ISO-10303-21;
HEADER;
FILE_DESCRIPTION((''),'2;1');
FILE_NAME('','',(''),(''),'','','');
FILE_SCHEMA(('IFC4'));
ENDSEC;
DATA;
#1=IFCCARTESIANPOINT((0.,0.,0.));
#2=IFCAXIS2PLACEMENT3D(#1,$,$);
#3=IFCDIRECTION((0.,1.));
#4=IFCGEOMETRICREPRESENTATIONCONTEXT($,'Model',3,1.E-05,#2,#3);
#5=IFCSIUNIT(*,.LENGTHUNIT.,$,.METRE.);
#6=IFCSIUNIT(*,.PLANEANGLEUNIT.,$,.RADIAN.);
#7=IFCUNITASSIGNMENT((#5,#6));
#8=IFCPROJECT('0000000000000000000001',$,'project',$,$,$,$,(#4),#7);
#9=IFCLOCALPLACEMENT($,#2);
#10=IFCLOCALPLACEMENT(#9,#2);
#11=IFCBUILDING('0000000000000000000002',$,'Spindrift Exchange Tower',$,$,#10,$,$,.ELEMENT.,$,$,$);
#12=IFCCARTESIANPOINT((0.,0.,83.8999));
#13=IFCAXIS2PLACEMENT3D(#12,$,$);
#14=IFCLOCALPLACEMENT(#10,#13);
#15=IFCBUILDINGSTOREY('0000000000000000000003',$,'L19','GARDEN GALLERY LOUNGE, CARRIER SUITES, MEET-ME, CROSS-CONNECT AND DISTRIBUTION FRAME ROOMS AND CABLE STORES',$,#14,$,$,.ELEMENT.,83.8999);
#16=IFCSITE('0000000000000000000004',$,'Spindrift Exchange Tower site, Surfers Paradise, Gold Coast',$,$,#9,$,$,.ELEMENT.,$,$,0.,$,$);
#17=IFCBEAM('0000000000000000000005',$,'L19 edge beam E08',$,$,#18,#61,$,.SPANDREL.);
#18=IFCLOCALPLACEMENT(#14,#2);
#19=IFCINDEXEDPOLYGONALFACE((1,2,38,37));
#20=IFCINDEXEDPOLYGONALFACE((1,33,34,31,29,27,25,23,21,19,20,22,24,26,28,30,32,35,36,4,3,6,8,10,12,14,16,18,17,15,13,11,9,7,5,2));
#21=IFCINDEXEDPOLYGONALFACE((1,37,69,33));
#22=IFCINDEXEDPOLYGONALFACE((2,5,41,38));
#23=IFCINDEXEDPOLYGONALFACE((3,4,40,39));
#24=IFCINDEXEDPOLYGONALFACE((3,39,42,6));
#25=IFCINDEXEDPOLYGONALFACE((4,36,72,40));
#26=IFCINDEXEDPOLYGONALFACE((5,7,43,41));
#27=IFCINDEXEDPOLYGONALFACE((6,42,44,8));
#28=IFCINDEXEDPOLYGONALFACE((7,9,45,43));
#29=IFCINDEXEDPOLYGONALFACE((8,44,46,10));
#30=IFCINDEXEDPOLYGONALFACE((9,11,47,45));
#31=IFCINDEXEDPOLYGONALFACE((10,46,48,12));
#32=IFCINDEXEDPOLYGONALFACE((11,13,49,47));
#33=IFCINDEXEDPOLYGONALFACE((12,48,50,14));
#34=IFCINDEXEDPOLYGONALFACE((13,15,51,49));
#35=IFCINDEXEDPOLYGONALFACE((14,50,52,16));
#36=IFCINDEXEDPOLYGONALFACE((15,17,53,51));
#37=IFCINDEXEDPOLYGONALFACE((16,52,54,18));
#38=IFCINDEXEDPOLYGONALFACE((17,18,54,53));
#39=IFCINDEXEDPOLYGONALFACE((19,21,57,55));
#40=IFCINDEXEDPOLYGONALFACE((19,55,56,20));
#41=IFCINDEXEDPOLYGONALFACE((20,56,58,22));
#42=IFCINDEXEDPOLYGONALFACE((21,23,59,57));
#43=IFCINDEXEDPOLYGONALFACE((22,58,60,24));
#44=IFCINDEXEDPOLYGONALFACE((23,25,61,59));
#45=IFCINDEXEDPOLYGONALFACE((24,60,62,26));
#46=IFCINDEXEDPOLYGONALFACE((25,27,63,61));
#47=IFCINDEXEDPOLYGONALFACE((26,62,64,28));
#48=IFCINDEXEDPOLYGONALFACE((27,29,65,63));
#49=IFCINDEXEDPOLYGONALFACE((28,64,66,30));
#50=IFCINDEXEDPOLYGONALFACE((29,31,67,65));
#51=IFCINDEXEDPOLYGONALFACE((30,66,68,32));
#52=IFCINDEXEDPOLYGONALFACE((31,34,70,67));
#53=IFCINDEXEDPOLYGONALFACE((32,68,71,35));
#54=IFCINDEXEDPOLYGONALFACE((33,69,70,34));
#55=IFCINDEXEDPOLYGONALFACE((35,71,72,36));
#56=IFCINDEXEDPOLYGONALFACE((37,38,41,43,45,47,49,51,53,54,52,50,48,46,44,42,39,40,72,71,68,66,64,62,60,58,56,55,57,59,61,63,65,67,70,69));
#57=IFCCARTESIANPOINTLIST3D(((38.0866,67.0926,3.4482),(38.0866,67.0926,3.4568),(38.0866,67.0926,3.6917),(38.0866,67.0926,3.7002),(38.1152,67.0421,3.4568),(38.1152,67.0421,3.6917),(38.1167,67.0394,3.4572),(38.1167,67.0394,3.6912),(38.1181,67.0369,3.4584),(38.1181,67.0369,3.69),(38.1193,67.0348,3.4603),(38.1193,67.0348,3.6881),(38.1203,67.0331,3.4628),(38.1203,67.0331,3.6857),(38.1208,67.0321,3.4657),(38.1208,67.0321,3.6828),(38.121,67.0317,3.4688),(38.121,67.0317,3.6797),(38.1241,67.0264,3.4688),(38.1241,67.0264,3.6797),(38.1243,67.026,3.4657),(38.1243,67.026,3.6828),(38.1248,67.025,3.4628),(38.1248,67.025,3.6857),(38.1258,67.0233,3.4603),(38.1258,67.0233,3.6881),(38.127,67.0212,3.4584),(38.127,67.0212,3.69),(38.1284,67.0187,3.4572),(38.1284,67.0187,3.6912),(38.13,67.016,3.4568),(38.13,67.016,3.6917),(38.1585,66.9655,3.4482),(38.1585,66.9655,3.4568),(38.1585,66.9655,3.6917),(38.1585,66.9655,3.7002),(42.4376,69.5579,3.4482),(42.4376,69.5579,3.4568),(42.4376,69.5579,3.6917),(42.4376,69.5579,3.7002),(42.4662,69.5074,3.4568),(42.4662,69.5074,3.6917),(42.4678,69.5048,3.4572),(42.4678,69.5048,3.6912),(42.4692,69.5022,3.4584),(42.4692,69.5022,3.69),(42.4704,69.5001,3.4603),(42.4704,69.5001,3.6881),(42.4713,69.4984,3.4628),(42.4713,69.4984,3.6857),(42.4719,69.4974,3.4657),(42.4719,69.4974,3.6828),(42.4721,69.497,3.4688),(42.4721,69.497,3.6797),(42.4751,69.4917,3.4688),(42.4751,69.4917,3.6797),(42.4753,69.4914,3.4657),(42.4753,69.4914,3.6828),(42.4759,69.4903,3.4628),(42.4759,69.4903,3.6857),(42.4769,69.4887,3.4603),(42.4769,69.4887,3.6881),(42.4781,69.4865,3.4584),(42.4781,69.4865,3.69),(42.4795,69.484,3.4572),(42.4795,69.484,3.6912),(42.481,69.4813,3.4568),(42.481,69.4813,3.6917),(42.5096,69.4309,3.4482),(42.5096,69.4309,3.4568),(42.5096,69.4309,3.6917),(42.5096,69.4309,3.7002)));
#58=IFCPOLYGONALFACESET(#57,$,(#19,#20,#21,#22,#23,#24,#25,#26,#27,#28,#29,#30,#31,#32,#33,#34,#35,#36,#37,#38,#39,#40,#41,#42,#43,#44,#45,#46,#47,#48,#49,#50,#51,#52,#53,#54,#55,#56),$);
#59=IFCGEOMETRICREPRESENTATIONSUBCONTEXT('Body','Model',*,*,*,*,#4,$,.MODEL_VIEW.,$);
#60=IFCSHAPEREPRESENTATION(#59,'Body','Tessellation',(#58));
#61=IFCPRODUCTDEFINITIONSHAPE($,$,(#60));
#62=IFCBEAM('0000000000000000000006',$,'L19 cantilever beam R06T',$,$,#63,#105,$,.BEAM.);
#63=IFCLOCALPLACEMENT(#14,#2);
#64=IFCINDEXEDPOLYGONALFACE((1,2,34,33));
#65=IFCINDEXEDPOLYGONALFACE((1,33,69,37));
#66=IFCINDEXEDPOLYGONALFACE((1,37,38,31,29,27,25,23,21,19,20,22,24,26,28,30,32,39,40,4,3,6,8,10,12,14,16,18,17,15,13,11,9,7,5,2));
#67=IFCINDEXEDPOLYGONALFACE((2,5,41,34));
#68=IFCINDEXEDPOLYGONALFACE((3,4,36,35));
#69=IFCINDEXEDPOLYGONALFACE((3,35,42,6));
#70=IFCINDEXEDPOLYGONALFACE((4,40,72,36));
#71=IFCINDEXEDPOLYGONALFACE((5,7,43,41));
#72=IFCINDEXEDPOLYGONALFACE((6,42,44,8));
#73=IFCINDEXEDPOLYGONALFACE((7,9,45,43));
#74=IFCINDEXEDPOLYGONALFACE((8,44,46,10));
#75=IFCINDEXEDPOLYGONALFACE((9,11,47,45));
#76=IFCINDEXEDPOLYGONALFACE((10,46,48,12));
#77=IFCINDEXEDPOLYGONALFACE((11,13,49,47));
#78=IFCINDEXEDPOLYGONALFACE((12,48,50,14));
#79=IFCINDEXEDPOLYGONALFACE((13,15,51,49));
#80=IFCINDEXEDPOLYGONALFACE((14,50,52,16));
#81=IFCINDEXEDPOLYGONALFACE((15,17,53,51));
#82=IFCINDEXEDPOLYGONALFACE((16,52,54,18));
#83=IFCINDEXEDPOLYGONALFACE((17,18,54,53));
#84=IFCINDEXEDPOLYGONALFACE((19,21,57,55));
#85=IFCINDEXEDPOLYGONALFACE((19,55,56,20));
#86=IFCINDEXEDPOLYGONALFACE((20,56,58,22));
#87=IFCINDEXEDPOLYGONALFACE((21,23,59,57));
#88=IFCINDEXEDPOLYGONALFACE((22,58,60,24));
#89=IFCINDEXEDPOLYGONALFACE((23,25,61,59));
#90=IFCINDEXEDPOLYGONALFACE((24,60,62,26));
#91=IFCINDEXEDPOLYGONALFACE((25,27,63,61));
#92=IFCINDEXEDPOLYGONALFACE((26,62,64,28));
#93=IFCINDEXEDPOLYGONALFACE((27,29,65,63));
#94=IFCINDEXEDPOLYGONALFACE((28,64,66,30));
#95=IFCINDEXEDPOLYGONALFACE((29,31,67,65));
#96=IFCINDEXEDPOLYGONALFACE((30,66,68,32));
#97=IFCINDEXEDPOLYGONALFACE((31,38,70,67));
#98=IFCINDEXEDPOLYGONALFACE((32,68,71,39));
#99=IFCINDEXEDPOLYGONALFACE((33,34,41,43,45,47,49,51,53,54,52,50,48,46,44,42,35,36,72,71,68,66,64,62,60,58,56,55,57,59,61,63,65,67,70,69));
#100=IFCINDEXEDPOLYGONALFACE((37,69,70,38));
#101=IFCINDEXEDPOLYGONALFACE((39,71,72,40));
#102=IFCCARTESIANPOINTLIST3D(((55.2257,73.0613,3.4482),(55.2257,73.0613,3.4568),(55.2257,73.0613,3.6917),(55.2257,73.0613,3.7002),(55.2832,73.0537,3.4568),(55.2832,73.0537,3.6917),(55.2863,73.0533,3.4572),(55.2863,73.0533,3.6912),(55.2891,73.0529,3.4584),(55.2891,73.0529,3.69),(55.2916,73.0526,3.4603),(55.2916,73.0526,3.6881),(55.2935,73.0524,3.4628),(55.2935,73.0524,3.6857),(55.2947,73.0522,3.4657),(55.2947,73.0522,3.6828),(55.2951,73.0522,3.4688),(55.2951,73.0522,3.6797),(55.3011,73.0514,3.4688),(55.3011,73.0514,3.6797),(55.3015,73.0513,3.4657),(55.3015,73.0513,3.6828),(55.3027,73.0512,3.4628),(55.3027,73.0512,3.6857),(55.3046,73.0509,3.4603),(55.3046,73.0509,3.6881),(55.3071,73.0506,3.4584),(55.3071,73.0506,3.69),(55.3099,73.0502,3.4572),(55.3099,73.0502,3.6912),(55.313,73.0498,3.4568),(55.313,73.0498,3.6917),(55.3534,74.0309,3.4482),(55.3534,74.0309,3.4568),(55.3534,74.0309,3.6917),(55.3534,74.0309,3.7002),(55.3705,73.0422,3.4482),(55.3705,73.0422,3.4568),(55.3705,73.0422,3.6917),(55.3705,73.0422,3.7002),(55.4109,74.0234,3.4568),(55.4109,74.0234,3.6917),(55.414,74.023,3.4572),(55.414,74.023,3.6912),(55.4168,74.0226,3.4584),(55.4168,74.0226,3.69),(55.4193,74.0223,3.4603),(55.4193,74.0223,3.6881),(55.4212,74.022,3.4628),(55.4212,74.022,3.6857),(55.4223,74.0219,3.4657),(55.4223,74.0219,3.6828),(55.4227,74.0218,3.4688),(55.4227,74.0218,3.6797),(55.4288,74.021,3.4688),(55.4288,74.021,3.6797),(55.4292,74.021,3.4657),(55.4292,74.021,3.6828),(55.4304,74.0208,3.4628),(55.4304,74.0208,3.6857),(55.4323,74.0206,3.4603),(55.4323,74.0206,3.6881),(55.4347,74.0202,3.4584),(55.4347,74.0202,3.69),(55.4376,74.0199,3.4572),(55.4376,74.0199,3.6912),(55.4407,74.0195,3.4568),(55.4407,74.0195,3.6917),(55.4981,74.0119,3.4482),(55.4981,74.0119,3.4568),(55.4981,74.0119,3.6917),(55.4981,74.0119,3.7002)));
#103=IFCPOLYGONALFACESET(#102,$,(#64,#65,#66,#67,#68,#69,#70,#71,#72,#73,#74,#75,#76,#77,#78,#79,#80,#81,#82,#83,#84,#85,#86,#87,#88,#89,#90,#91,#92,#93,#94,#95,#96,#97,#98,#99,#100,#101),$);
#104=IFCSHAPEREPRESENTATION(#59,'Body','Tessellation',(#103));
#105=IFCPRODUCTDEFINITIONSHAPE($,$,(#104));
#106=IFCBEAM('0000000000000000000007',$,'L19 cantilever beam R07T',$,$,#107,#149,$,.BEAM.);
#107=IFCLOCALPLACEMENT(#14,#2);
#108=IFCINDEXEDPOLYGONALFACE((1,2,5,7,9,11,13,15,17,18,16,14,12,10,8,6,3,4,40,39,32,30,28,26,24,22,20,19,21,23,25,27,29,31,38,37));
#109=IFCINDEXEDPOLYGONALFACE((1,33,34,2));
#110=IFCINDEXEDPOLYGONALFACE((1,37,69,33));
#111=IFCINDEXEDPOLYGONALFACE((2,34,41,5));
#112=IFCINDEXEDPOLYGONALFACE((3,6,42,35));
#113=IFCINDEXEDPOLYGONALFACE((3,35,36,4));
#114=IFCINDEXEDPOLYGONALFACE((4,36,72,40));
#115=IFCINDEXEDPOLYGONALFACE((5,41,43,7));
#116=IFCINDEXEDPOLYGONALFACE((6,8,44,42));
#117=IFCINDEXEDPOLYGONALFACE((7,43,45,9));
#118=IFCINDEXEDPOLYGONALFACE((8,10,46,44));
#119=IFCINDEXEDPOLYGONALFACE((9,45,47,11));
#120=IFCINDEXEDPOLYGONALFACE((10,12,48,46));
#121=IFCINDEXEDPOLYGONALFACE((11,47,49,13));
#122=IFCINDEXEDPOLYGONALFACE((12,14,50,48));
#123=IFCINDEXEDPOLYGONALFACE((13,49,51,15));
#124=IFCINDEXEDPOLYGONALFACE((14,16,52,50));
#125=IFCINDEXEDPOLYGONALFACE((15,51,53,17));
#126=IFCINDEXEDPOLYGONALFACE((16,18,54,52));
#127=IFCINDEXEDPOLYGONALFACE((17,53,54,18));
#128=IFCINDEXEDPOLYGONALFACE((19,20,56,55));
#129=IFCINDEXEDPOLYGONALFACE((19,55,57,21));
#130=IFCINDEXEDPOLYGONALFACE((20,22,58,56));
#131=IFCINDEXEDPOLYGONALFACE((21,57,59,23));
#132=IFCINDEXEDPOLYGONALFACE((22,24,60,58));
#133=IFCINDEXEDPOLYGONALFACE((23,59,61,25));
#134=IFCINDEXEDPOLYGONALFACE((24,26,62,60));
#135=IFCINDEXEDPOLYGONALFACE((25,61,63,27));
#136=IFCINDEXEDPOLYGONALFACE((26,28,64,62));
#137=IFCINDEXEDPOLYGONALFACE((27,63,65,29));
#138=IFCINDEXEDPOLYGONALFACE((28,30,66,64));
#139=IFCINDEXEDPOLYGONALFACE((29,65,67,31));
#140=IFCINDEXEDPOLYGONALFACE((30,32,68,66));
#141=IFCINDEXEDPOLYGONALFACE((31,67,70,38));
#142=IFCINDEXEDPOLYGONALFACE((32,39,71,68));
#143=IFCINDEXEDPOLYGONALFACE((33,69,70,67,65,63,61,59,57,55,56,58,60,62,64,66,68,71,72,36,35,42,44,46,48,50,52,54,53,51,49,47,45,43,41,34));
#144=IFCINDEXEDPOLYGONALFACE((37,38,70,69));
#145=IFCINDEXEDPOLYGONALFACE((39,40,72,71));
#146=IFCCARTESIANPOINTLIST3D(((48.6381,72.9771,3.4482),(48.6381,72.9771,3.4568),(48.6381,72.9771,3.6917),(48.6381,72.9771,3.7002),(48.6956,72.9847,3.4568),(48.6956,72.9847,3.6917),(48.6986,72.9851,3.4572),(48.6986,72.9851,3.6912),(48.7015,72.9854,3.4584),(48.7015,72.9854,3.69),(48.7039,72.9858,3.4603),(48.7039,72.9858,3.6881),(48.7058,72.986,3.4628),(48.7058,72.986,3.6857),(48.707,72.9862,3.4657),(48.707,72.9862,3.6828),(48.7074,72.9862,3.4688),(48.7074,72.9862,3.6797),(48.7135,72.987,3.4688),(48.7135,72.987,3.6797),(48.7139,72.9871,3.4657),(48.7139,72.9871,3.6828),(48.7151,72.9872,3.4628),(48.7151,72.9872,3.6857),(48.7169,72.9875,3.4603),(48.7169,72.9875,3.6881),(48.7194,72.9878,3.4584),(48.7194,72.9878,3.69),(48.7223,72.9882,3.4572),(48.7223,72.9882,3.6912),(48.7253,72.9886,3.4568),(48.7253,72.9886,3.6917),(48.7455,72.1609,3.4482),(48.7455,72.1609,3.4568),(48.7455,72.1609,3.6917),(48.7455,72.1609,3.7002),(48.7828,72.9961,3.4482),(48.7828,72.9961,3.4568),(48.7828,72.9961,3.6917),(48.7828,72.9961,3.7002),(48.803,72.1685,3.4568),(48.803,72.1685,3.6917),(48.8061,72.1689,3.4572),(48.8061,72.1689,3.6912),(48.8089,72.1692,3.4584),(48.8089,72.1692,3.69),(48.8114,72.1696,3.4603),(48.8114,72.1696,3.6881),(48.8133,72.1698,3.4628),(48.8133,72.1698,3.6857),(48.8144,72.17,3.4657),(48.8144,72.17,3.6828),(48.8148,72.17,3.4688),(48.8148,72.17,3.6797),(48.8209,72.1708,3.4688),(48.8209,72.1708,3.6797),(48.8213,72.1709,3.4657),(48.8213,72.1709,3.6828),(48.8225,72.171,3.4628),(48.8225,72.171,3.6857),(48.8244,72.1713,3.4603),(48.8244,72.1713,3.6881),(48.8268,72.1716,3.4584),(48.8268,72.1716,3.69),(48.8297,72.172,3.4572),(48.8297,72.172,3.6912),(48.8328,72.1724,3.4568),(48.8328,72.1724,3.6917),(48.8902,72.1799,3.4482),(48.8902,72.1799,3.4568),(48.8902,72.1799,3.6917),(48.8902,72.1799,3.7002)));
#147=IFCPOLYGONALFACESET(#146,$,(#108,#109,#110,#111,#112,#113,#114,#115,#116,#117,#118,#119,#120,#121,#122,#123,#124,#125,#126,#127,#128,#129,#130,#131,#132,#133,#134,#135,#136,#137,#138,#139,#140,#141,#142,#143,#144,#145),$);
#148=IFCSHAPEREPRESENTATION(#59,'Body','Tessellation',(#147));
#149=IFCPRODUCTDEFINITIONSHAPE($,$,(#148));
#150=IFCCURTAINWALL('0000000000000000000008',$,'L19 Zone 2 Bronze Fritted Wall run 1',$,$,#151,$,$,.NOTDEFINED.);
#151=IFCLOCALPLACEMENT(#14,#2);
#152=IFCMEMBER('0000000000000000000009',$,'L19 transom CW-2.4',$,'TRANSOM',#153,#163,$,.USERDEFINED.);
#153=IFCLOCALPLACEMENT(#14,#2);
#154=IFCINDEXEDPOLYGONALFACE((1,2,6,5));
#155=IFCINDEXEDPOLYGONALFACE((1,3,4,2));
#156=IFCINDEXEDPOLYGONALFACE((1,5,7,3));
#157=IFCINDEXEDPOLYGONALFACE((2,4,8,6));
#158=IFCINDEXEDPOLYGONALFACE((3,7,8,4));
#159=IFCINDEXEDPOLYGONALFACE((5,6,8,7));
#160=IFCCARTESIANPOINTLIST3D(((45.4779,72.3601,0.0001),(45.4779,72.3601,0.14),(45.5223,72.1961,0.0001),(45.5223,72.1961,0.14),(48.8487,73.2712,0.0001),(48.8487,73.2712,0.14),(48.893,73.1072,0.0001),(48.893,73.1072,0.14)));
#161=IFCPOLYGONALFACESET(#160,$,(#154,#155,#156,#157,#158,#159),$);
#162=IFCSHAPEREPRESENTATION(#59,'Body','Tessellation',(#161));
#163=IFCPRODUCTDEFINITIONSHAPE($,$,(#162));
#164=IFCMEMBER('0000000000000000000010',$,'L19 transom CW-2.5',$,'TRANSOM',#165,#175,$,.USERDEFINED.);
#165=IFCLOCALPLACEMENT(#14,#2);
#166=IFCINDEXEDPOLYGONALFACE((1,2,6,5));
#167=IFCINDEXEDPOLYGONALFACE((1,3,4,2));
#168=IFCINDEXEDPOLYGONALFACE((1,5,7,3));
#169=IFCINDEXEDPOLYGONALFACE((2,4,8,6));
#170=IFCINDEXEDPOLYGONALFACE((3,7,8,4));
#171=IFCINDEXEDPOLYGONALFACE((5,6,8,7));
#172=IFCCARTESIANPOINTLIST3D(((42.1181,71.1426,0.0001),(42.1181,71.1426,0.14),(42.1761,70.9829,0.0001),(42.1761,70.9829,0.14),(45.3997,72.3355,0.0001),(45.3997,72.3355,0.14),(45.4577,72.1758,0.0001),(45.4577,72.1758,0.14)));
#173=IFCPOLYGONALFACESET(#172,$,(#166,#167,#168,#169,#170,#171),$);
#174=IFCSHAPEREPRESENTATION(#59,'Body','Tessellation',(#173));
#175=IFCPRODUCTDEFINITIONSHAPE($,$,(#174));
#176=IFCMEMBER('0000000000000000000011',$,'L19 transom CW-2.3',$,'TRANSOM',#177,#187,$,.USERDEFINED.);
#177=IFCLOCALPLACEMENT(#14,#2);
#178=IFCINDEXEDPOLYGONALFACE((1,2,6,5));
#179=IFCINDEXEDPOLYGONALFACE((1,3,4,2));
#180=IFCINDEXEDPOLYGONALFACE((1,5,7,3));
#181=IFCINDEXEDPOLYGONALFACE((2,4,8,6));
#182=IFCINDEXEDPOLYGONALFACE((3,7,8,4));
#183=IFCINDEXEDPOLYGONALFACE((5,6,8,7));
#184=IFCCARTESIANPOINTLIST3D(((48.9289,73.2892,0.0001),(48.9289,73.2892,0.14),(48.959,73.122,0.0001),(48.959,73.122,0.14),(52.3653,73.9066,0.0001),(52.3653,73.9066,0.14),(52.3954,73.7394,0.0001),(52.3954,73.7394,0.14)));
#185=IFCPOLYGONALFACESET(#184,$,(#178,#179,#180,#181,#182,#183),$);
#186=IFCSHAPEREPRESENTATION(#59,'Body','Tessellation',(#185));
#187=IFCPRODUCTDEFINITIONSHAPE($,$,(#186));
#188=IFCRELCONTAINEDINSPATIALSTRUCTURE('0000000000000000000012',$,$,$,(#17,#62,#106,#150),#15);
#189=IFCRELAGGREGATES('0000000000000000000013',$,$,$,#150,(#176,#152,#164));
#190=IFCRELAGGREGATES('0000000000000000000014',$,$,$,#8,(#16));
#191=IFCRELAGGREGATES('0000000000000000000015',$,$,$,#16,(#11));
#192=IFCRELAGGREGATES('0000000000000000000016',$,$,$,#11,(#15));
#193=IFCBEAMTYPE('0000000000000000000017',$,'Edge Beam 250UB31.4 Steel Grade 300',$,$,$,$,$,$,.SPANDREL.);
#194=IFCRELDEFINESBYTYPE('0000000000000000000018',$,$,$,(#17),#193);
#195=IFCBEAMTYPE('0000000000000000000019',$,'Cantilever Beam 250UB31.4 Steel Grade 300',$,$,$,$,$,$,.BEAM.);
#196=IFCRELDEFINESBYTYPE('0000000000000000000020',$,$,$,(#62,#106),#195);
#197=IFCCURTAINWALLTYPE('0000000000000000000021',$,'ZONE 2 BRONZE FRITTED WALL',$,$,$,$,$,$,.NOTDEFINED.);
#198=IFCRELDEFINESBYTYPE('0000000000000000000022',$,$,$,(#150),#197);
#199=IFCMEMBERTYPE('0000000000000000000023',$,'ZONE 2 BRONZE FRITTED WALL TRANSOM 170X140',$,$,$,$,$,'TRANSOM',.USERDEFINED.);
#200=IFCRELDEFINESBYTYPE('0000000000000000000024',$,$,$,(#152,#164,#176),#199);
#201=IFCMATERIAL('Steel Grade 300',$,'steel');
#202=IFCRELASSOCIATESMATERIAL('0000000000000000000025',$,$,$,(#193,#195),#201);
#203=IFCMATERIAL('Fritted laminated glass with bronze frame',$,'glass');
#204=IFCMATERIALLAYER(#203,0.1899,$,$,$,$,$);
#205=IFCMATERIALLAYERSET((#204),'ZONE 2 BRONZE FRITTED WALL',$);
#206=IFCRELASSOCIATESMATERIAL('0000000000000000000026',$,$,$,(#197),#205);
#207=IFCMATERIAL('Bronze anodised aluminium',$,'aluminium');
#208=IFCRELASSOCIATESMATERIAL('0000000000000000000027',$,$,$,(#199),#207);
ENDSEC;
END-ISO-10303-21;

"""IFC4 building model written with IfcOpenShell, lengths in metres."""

from ifc_helpers import new_model, si_unit, direction, frame, origin, origin_2d, place, context, subcontext, project, spatial, rectangle, i_section, extrude, source, transform, mapped, material, layer, layer_set, material_profile, profile_set, type_object, element, aggregate, save


model = new_model("IFC4")

# Units and contexts
model_context = context("Model", 3, precision=1e-05, world=origin(), true_north=direction((0.0, 1.0)))
body_context = subcontext(model_context, "Body", "Model", "MODEL_VIEW")
ifc_project = project(units=[si_unit("LENGTHUNIT", "METRE"), si_unit("PLANEANGLEUNIT", "RADIAN")], contexts=[model_context])

# Site, building, storey
site_placement = place(None, origin())
site = spatial("IfcSite", under=ifc_project, at=site_placement, Name="Spindrift Exchange Tower site, Surfers Paradise, Gold Coast", CompositionType="ELEMENT", RefElevation=0.0)
building_placement = place(site_placement, origin())
building = spatial("IfcBuilding", under=site, at=building_placement, Name="Spindrift Exchange Tower", CompositionType="ELEMENT")
storey_placement = place(building_placement, frame((0.0, 0.0, 83.8999)))
storey = spatial("IfcBuildingStorey", under=building, at=storey_placement, Name="L19", Description="GARDEN GALLERY LOUNGE, CARRIER SUITES, MEET-ME, CROSS-CONNECT AND DISTRIBUTION FRAME ROOMS AND CABLE STORES", CompositionType="ELEMENT", Elevation=83.8999)

# Beams
ifc_material_1 = material(Name="Steel Grade 300", Category="steel")
ifc_material_profile_1 = material_profile(ifc_material_1, i_section(OverallWidth=0.146, OverallDepth=0.252, WebThickness=0.0061, FlangeThickness=0.0085, FilletRadius=0.012, at=origin_2d()), Name="250UB31.4")
ifc_profile_set_1 = profile_set([ifc_material_profile_1], Name="Steel Grade 300")
beam_type_1 = type_object("IfcBeamType", Name="Edge Beam 250UB31.4 Steel Grade 300", PredefinedType="SPANDREL", material=ifc_profile_set_1)
shared_shape_1 = source(origin(), body_context, "Body", "SweptSolid", [
    extrude(i_section(OverallWidth=0.146, OverallDepth=0.252, WebThickness=0.0061, FlangeThickness=0.0085, FilletRadius=0.012, at=origin_2d()), origin(), (0.0, 0.0, 1.0), 5.001),
])
beam_1_placement = place(storey_placement, frame((42.4736, 69.4944, 3.5742), z_axis=(-0.870046, -0.492971, 0.0), x_axis=(0.492971, -0.870046, 0.0)))
element("IfcBeam", 1, at=beam_1_placement, inside=storey, type_object=beam_type_1, Name="L19 edge beam E08", PredefinedType="SPANDREL", context=body_context, shape_type="MappedRepresentation", body=[
    mapped(shared_shape_1, transform((0.0, 0.0, 0.0), scale=1.0)),
])
ifc_material_profile_2 = material_profile(ifc_material_1, i_section(OverallWidth=0.146, OverallDepth=0.252, WebThickness=0.0061, FlangeThickness=0.0085, FilletRadius=0.012, at=origin_2d()), Name="250UB31.4")
ifc_profile_set_2 = profile_set([ifc_material_profile_2], Name="Steel Grade 300")
beam_type_2 = type_object("IfcBeamType", Name="Cantilever Beam 250UB31.4 Steel Grade 300", PredefinedType="BEAM", material=ifc_profile_set_2)
shared_shape_2 = source(origin(), body_context, "Body", "SweptSolid", [
    extrude(i_section(OverallWidth=0.146, OverallDepth=0.252, WebThickness=0.0061, FlangeThickness=0.0085, FilletRadius=0.012, at=origin_2d()), origin(), (0.0, 0.0, 1.0), 0.978),
])
beam_2_placement = place(storey_placement, frame((55.2981, 73.0518, 3.5742), z_axis=(0.130545, 0.991442, 0.0), x_axis=(-0.991442, 0.130545, 0.0)))
element("IfcBeam", 2, at=beam_2_placement, inside=storey, type_object=beam_type_2, Name="L19 cantilever beam R06T", PredefinedType="BEAM", context=body_context, shape_type="MappedRepresentation", body=[
    mapped(shared_shape_2, transform((0.0, 0.0, 0.0), scale=1.0)),
])
shared_shape_3 = source(origin(), body_context, "Body", "SweptSolid", [
    extrude(i_section(OverallWidth=0.146, OverallDepth=0.252, WebThickness=0.0061, FlangeThickness=0.0085, FilletRadius=0.012, at=origin_2d()), origin(), (0.0, 0.0, 1.0), 0.8232),
])
beam_3_placement = place(storey_placement, frame((48.8179, 72.1704, 3.5742), z_axis=(-0.130493, 0.991449, 0.0), x_axis=(-0.991449, -0.130493, 0.0)))
element("IfcBeam", 3, at=beam_3_placement, inside=storey, type_object=beam_type_2, Name="L19 cantilever beam R07T", PredefinedType="BEAM", context=body_context, shape_type="MappedRepresentation", body=[
    mapped(shared_shape_3, transform((0.0, 0.0, 0.0), scale=1.0)),
])

# Curtain wall, members
ifc_material_2 = material(Name="Fritted laminated glass with bronze frame", Category="glass")
ifc_layer_1 = layer(ifc_material_2, 0.1899)
ifc_layer_set_1 = layer_set([ifc_layer_1], Name="ZONE 2 BRONZE FRITTED WALL")
curtain_wall_type = type_object("IfcCurtainWallType", Name="ZONE 2 BRONZE FRITTED WALL", PredefinedType="NOTDEFINED", material=ifc_layer_set_1)
curtain_wall_placement = place(storey_placement, origin())
curtain_wall = element("IfcCurtainWall", 4, at=curtain_wall_placement, inside=storey, type_object=curtain_wall_type, Name="L19 Zone 2 Bronze Fritted Wall run 1", PredefinedType="NOTDEFINED")
ifc_material_3 = material(Name="Bronze anodised aluminium", Category="aluminium")
ifc_material_profile_3 = material_profile(ifc_material_3, rectangle(XDim=0.1699, YDim=0.1399, at=origin_2d()), Name="ZONE 2 BRONZE FRITTED WALL TRANSOM 170X140")
ifc_profile_set_3 = profile_set([ifc_material_profile_3], Name="Bronze anodised aluminium")
member_type_1 = type_object("IfcMemberType", Name="ZONE 2 BRONZE FRITTED WALL TRANSOM 170X140", ElementType="TRANSOM", PredefinedType="USERDEFINED", material=ifc_profile_set_3)
shared_shape_4 = source(origin(), body_context, "Body", "SweptSolid", [
    extrude(rectangle(XDim=0.1699, YDim=0.1399, at=origin_2d()), origin(), (0.0, 0.0, 1.0), 3.4917),
])
member_1_placement = place(storey_placement, frame((48.8708, 73.1892, 0.0701), z_axis=(-0.965357, -0.260934, 0.0), x_axis=(0.260934, -0.965357, 0.0)))
member_1 = element("IfcMember", 5, at=member_1_placement, type_object=member_type_1, Name="L19 transom CW-2.4", ObjectType="TRANSOM", PredefinedType="USERDEFINED", context=body_context, shape_type="MappedRepresentation", body=[
    mapped(shared_shape_4, transform((0.0, 0.0, 0.0), scale=1.0)),
])
member_2_placement = place(storey_placement, frame((45.4287, 72.2556, 0.0701), z_axis=(-0.939838, -0.34162, 0.0), x_axis=(0.34162, -0.939838, 0.0)))
member_2 = element("IfcMember", 6, at=member_2_placement, type_object=member_type_1, Name="L19 transom CW-2.5", ObjectType="TRANSOM", PredefinedType="USERDEFINED", context=body_context, shape_type="MappedRepresentation", body=[
    mapped(shared_shape_4, transform((0.0, 0.0, 0.0), scale=1.0)),
])
shared_shape_5 = source(origin(), body_context, "Body", "SweptSolid", [
    extrude(rectangle(XDim=0.1699, YDim=0.1399, at=origin_2d()), origin(), (0.0, 0.0, 1.0), 3.4915),
])
member_3_placement = place(storey_placement, frame((52.3804, 73.823, 0.0701), z_axis=(-0.98424, -0.176836, 0.0), x_axis=(0.176836, -0.98424, 0.0)))
member_3 = element("IfcMember", 7, at=member_3_placement, type_object=member_type_1, Name="L19 transom CW-2.3", ObjectType="TRANSOM", PredefinedType="USERDEFINED", context=body_context, shape_type="MappedRepresentation", body=[
    mapped(shared_shape_5, transform((0.0, 0.0, 0.0), scale=1.0)),
])
aggregate(curtain_wall, [member_3, member_1, member_2])

save(model, "model.ifc")
